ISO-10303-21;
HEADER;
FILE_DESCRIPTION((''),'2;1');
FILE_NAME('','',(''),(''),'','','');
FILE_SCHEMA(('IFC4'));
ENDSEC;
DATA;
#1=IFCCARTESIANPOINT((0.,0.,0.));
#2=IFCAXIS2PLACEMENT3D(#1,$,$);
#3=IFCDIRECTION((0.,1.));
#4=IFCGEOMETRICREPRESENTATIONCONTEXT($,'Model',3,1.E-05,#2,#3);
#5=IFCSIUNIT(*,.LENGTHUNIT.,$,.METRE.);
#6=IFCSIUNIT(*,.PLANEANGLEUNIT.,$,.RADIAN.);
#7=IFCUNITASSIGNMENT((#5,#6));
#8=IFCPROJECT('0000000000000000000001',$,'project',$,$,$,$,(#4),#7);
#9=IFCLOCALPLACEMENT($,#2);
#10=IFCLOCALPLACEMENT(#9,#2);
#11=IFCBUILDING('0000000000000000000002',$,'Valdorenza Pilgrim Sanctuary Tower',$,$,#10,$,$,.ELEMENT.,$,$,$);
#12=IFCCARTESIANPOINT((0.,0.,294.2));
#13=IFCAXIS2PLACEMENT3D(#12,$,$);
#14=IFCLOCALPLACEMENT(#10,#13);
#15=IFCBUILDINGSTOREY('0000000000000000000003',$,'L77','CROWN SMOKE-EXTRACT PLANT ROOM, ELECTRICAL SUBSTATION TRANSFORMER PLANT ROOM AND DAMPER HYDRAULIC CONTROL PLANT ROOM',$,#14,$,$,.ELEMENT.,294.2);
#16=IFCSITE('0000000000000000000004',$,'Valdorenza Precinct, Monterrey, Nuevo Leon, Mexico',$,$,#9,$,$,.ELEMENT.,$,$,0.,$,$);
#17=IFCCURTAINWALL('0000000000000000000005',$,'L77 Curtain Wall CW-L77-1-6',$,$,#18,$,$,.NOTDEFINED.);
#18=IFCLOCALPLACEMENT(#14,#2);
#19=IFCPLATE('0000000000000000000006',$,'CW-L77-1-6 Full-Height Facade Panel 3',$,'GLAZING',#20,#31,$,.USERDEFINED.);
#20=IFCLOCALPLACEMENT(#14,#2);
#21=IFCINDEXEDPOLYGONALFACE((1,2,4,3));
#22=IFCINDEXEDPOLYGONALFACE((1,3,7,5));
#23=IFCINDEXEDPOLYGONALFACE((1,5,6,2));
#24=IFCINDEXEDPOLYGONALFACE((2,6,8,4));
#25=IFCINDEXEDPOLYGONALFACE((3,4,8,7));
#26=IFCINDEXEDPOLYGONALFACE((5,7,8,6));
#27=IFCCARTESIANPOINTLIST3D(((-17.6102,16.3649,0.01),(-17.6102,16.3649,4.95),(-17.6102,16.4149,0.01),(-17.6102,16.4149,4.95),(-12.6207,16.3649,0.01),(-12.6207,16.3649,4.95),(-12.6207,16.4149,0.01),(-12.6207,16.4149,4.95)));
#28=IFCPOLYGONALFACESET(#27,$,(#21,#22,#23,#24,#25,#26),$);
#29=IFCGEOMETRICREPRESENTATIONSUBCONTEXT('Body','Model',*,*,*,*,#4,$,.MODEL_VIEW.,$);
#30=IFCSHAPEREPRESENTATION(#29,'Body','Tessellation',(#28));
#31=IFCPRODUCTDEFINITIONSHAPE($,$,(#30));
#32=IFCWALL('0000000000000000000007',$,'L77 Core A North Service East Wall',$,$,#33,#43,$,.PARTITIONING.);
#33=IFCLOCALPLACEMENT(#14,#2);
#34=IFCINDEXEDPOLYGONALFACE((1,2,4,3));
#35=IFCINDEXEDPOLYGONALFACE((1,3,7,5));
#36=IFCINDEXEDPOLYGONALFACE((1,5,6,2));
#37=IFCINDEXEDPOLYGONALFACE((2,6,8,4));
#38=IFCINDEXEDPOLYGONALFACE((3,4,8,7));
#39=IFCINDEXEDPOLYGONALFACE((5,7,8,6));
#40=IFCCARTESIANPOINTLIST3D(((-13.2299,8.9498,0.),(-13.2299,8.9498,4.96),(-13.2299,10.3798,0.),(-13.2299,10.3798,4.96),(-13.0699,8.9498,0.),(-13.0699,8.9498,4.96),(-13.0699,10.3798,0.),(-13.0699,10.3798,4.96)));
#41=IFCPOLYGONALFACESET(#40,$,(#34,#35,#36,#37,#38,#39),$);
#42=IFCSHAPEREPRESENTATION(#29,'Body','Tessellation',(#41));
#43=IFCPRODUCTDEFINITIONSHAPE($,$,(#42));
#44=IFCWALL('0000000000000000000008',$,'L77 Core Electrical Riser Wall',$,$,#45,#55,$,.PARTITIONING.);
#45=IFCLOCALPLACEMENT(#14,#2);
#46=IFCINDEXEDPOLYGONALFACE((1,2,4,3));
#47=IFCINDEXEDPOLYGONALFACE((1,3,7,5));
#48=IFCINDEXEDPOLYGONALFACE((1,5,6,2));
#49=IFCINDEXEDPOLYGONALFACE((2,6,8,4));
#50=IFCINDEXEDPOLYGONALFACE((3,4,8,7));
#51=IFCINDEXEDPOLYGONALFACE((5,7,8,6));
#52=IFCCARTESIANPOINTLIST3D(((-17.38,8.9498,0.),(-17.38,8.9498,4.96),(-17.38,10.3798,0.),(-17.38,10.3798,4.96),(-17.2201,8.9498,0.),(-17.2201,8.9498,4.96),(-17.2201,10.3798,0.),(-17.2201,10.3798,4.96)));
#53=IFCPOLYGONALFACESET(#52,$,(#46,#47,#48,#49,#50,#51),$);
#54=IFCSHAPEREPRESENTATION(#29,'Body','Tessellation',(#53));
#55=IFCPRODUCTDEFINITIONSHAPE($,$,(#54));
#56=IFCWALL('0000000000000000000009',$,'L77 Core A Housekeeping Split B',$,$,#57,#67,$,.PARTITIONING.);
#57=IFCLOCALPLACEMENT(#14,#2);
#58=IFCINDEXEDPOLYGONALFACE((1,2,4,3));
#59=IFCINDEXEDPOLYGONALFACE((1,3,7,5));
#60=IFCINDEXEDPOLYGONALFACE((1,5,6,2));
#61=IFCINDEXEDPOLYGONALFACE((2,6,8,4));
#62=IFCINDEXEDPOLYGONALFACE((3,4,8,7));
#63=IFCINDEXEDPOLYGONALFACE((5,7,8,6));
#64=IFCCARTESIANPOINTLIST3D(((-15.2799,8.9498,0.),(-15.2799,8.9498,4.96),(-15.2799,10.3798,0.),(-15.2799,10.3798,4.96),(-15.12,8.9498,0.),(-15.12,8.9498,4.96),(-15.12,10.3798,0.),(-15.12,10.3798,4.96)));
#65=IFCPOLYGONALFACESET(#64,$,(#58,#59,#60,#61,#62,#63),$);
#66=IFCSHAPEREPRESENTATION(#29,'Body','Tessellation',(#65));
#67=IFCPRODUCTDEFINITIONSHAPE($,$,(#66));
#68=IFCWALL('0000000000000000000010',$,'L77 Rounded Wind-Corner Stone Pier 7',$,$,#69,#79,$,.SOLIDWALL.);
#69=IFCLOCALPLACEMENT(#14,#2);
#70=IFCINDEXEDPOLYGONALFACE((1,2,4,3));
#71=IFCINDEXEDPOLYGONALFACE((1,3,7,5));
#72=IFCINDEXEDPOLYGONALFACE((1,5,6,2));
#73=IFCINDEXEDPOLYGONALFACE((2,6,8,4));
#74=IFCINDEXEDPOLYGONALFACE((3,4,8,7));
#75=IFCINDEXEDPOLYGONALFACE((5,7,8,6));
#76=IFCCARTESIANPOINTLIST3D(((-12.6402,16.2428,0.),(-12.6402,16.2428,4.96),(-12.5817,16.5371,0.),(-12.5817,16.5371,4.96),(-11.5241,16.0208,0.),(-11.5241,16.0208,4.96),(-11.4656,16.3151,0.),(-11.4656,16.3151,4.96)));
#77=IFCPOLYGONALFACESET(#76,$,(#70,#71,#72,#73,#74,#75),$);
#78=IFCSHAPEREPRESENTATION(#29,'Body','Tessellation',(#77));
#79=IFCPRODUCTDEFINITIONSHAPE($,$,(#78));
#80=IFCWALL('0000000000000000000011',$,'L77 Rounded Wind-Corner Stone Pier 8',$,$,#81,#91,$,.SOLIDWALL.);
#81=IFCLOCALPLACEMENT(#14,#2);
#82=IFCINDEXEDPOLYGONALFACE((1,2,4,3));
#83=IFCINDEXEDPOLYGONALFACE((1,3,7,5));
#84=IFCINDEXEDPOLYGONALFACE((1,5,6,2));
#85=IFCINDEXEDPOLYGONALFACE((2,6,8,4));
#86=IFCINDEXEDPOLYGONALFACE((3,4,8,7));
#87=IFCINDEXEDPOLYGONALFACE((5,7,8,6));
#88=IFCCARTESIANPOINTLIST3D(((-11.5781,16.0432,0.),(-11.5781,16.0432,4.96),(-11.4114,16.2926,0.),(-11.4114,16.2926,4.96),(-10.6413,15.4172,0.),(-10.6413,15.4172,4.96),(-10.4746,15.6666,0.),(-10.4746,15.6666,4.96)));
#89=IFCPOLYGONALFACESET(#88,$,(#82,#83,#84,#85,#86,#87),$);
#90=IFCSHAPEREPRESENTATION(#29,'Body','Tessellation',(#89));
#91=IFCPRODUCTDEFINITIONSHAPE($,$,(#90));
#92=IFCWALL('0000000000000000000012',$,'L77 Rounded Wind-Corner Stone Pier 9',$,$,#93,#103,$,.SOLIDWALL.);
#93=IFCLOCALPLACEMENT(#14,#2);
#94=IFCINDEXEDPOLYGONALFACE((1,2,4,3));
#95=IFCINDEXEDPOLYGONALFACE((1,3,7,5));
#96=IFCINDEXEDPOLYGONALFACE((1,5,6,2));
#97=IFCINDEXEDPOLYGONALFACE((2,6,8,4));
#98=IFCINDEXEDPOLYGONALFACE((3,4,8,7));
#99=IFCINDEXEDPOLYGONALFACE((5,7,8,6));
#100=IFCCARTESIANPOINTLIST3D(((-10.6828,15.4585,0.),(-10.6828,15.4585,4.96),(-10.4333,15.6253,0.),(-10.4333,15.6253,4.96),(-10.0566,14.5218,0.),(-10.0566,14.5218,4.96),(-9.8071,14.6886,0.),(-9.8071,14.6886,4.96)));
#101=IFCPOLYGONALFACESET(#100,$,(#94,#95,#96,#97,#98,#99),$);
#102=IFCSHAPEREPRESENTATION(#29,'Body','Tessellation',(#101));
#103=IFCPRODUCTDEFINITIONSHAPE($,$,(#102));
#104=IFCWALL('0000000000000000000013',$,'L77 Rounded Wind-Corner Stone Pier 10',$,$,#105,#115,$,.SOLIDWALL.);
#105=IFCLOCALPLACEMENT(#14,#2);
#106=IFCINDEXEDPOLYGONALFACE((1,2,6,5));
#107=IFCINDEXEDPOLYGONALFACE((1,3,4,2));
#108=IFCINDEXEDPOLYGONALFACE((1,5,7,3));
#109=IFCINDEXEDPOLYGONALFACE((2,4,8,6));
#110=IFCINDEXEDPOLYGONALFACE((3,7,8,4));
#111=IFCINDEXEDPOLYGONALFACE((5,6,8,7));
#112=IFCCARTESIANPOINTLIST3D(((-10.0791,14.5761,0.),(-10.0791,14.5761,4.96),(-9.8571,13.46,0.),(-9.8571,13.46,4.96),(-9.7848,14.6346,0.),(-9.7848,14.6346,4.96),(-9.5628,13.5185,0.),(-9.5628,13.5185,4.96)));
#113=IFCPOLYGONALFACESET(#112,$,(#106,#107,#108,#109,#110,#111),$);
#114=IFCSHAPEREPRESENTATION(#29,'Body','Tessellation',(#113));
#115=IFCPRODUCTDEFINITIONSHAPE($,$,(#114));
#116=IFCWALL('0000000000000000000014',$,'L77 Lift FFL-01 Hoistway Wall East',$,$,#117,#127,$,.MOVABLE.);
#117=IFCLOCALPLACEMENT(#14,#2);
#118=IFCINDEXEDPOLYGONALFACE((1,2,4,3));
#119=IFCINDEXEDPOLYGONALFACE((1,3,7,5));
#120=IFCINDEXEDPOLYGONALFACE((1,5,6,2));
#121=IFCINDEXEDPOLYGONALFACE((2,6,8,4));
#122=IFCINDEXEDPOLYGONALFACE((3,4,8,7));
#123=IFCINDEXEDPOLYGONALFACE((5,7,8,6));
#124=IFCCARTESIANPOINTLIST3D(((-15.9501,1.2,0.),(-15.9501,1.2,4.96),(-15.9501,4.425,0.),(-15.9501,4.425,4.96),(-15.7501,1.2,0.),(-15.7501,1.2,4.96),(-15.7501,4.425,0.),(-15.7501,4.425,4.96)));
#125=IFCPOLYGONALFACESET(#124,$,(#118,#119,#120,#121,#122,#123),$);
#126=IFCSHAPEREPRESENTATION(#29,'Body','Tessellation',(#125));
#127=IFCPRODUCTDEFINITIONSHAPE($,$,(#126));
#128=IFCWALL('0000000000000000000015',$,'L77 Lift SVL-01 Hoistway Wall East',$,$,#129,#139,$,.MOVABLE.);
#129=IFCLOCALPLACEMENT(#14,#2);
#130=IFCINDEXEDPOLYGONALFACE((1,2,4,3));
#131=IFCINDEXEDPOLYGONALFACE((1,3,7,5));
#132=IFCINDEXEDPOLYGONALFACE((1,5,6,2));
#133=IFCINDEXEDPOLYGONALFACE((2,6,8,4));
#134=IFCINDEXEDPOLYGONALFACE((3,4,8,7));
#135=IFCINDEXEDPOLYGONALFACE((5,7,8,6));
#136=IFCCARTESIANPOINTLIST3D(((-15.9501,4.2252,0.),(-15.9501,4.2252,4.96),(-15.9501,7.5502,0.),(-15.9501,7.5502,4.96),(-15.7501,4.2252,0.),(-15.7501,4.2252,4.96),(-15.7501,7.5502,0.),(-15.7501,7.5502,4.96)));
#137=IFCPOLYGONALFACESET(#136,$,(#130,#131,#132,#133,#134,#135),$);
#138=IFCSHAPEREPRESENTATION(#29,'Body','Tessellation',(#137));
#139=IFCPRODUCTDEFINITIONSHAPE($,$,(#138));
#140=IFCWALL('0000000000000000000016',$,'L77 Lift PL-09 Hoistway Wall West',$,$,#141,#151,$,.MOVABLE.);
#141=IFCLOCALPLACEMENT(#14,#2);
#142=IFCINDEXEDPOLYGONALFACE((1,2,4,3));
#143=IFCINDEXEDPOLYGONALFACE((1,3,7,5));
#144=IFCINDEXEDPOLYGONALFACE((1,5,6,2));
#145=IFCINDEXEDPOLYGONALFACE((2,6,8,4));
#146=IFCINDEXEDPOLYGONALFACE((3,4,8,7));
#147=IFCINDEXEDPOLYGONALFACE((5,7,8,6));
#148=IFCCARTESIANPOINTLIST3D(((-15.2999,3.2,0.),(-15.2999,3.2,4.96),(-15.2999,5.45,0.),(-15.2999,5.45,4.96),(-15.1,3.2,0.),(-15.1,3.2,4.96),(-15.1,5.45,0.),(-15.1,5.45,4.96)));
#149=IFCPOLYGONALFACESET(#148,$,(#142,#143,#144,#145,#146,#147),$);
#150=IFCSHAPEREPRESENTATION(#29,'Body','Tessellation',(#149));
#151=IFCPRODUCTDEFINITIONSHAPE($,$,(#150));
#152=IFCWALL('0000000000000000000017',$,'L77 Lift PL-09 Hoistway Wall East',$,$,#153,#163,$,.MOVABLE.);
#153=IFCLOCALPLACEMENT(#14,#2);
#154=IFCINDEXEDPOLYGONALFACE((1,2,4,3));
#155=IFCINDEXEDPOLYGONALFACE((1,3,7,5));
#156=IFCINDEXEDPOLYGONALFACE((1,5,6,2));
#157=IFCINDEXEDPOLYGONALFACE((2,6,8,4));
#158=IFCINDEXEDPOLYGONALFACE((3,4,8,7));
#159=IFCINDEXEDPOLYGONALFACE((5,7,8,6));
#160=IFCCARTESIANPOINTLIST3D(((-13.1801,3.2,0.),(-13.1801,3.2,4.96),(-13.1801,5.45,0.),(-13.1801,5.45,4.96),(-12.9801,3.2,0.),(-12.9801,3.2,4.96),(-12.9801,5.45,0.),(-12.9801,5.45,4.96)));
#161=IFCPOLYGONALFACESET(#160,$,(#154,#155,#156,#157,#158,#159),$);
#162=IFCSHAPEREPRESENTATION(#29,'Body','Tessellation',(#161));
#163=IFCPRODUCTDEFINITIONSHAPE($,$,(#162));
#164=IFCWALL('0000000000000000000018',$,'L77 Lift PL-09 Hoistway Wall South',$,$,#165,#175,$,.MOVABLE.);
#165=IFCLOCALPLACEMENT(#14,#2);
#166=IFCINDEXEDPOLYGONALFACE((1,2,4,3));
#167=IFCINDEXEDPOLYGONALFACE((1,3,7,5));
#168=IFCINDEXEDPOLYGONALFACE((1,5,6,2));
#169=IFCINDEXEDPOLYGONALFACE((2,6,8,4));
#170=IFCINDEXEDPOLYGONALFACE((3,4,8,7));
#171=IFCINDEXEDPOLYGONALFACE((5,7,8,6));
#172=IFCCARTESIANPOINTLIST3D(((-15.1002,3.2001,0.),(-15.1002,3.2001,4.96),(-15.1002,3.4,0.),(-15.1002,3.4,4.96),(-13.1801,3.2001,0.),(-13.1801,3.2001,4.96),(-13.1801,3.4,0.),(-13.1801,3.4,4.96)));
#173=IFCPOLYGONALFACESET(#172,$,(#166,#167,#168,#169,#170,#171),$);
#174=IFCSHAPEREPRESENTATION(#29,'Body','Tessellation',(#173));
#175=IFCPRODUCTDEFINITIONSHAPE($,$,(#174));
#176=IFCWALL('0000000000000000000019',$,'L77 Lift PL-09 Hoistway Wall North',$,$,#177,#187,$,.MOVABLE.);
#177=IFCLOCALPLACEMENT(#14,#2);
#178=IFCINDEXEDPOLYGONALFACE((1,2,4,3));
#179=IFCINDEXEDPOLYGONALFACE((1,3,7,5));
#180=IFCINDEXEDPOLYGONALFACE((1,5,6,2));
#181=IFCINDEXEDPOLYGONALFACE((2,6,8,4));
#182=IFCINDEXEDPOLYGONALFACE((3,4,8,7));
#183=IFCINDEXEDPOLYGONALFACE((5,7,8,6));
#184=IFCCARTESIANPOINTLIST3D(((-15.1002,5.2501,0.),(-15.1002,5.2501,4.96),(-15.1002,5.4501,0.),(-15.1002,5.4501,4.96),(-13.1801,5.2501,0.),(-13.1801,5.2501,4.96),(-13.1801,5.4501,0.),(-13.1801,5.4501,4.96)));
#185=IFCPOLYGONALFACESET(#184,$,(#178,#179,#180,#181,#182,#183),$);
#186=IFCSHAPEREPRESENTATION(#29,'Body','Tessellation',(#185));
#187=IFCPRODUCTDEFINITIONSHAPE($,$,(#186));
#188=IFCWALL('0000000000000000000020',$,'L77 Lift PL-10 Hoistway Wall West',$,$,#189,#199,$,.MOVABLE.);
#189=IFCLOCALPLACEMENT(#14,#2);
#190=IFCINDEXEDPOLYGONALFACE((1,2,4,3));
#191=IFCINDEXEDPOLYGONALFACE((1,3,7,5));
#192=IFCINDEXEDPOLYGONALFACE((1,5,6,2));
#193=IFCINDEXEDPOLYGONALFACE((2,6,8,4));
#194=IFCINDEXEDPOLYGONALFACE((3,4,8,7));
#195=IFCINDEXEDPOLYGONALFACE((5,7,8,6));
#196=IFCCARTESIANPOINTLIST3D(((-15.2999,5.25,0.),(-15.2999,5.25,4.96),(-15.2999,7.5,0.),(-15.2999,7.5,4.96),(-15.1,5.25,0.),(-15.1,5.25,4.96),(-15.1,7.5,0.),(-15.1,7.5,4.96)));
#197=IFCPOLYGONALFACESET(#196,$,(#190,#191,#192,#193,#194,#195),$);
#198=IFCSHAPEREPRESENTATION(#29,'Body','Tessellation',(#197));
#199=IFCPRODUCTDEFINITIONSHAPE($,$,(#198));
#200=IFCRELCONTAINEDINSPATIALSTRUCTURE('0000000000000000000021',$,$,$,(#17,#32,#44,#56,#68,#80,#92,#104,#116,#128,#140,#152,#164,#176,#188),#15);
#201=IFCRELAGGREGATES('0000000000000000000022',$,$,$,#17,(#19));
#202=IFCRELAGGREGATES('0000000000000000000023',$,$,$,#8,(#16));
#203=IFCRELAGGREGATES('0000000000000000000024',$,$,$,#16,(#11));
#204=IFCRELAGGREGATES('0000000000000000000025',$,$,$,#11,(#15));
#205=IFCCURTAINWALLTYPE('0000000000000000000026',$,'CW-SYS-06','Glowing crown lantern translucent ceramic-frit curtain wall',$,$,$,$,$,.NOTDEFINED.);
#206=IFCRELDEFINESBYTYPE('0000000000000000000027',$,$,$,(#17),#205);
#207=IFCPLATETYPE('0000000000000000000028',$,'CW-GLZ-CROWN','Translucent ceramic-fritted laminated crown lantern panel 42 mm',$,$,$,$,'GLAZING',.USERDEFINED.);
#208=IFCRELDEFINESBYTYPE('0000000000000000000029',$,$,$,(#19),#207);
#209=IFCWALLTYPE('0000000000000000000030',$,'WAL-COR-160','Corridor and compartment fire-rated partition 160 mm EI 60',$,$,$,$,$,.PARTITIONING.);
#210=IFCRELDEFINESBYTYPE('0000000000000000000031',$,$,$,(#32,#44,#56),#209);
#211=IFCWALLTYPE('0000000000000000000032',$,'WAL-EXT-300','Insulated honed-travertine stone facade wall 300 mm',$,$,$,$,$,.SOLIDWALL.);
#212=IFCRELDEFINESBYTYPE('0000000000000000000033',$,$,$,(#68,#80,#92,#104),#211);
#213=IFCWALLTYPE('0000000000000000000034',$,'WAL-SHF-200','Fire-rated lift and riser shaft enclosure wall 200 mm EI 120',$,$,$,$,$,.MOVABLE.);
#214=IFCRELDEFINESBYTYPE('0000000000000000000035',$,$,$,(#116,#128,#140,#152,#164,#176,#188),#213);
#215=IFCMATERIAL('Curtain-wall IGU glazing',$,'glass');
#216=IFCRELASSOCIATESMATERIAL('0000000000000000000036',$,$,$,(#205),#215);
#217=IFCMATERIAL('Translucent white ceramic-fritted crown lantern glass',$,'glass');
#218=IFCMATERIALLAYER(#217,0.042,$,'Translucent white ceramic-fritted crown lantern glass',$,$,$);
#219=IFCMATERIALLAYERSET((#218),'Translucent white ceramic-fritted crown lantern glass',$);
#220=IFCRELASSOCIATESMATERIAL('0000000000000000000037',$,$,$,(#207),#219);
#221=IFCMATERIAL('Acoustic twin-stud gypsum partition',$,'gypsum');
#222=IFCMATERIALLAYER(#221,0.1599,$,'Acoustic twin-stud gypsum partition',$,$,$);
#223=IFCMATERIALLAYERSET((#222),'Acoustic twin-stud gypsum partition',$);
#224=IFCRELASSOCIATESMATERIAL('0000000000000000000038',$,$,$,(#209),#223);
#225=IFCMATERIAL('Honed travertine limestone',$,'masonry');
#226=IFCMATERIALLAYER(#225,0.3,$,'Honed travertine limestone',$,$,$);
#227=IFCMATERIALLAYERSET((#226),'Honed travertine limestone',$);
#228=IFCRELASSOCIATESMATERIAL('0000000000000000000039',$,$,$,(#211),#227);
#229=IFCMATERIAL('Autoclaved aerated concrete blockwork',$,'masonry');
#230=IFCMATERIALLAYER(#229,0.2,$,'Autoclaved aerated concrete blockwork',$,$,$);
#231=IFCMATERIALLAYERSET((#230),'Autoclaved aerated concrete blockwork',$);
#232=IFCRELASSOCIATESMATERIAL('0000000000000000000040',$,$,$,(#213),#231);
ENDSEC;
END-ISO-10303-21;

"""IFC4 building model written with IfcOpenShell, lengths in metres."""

from ifc_helpers import new_model, si_unit, direction, frame, frame_2d, origin, origin_2d, place, context, subcontext, project, spatial, rectangle, extrude, source, transform, mapped, material, layer, layer_set, type_object, element, aggregate, save


model = new_model("IFC4")

# Units and contexts
model_context = context("Model", 3, precision=1e-05, world=origin(), true_north=direction((0.0, 1.0)))
body_context = subcontext(model_context, "Body", "Model", "MODEL_VIEW")
ifc_project = project(units=[si_unit("LENGTHUNIT", "METRE"), si_unit("PLANEANGLEUNIT", "RADIAN")], contexts=[model_context])

# Site, building, storey
site_placement = place(None, origin())
site = spatial("IfcSite", under=ifc_project, at=site_placement, Name="Valdorenza Precinct, Monterrey, Nuevo Leon, Mexico", CompositionType="ELEMENT", RefElevation=0.0)
building_placement = place(site_placement, origin())
building = spatial("IfcBuilding", under=site, at=building_placement, Name="Valdorenza Pilgrim Sanctuary Tower", CompositionType="ELEMENT")
storey_placement = place(building_placement, frame((0.0, 0.0, 294.2)))
storey = spatial("IfcBuildingStorey", under=building, at=storey_placement, Name="L77", Description="CROWN SMOKE-EXTRACT PLANT ROOM, ELECTRICAL SUBSTATION TRANSFORMER PLANT ROOM AND DAMPER HYDRAULIC CONTROL PLANT ROOM", CompositionType="ELEMENT", Elevation=294.2)

# Curtain wall
ifc_material_1 = material(Name="Curtain-wall IGU glazing", Category="glass")
curtain_wall_type = type_object("IfcCurtainWallType", Name="CW-SYS-06", Description="Glowing crown lantern translucent ceramic-frit curtain wall", PredefinedType="NOTDEFINED", material=ifc_material_1)
curtain_wall_1_placement = place(storey_placement, origin())
curtain_wall_1 = element("IfcCurtainWall", 1, at=curtain_wall_1_placement, inside=storey, type_object=curtain_wall_type, Name="L77 Curtain Wall CW-L77-1-6", PredefinedType="NOTDEFINED")

# Shared definitions
ifc_material_2 = material(Name="Translucent white ceramic-fritted crown lantern glass", Category="glass")
ifc_layer_1 = layer(ifc_material_2, 0.042, Name="Translucent white ceramic-fritted crown lantern glass")
ifc_layer_set_1 = layer_set([ifc_layer_1], Name="Translucent white ceramic-fritted crown lantern glass")
plate_type = type_object("IfcPlateType", Name="CW-GLZ-CROWN", Description="Translucent ceramic-fritted laminated crown lantern panel 42 mm", ElementType="GLAZING", PredefinedType="USERDEFINED", material=ifc_layer_set_1)

# Plate
shared_shape_1 = source(origin(), body_context, "Body", "SweptSolid", [
    extrude(rectangle(XDim=4.9895, YDim=0.05, at=origin_2d()), origin(), (0.0, 0.0, 1.0), 4.9399),
])
plate_1_placement = place(storey_placement, frame((-15.1155, 16.3899, 0.01), z_axis=(0.0, 0.0, 1.0), x_axis=(1.0, 0.0, 0.0)))
plate_1 = element("IfcPlate", 2, at=plate_1_placement, type_object=plate_type, Name="CW-L77-1-6 Full-Height Facade Panel 3", ObjectType="GLAZING", PredefinedType="USERDEFINED", context=body_context, shape_type="MappedRepresentation", body=[
    mapped(shared_shape_1, transform((0.0, 0.0, 0.0), x_axis=(1.0, 0.0, 0.0), y_axis=(0.0, 1.0, 0.0), z_axis=(0.0, 0.0, 1.0), scale=1.0)),
])
aggregate(curtain_wall_1, [plate_1])

# Walls
ifc_material_3 = material(Name="Acoustic twin-stud gypsum partition", Category="gypsum")
ifc_layer_2 = layer(ifc_material_3, 0.1599, Name="Acoustic twin-stud gypsum partition")
ifc_layer_set_2 = layer_set([ifc_layer_2], Name="Acoustic twin-stud gypsum partition")
wall_type_1 = type_object("IfcWallType", Name="WAL-COR-160", Description="Corridor and compartment fire-rated partition 160 mm EI 60", PredefinedType="PARTITIONING", material=ifc_layer_set_2)
for number, where, z_axis, x_axis, name in (
    (3, (-13.1499, 8.95, 0.0), (0.0, 0.0, 1.0), (0.0, 1.0, 0.0), "L77 Core A North Service East Wall"),
    (4, (-17.3, 8.95, 0.0), (0.0, 0.0, 1.0), (0.0, 1.0, 0.0), "L77 Core Electrical Riser Wall"),
    (5, (-15.2, 8.95, 0.0), (0.0, 0.0, 1.0), (0.0, 1.0, 0.0), "L77 Core A Housekeeping Split B"),
):
    element("IfcWall", number, at=place(storey_placement, frame(where, z_axis=z_axis, x_axis=x_axis)), inside=storey, type_object=wall_type_1, Name=name, PredefinedType="PARTITIONING", context=body_context, shape_type="SweptSolid", body=[
        extrude(rectangle(XDim=1.4299, YDim=0.1599, at=frame_2d((0.7148, 0.0))), origin(), (0.0, 0.0, 1.0), 4.96),
    ])
ifc_material_4 = material(Name="Honed travertine limestone", Category="masonry")
ifc_layer_3 = layer(ifc_material_4, 0.3, Name="Honed travertine limestone")
ifc_layer_set_3 = layer_set([ifc_layer_3], Name="Honed travertine limestone")
wall_type_2 = type_object("IfcWallType", Name="WAL-EXT-300", Description="Insulated honed-travertine stone facade wall 300 mm", PredefinedType="SOLIDWALL", material=ifc_layer_set_3)
wall_1_placement = place(storey_placement, frame((-12.6108, 16.3899, 0.0), z_axis=(0.0, 0.0, 1.0), x_axis=(0.980795, -0.195043, 0.0)))
element("IfcWall", 6, at=wall_1_placement, inside=storey, type_object=wall_type_2, Name="L77 Rounded Wind-Corner Stone Pier 7", PredefinedType="SOLIDWALL", context=body_context, shape_type="SweptSolid", body=[
    extrude(rectangle(XDim=1.1379, YDim=0.3, at=frame_2d((0.5688, 0.0))), origin(), (0.0, 0.0, 1.0), 4.96),
])
for number, where, z_axis, x_axis, name in (
    (7, (-11.4949, 16.168, 0.0), (0.0, 0.0, 1.0), (0.83145, -0.5556, 0.0), "L77 Rounded Wind-Corner Stone Pier 8"),
    (8, (-10.5581, 15.542, 0.0), (0.0, 0.0, 1.0), (0.55575, -0.83135, 0.0), "L77 Rounded Wind-Corner Stone Pier 9"),
):
    element("IfcWall", number, at=place(storey_placement, frame(where, z_axis=z_axis, x_axis=x_axis)), inside=storey, type_object=wall_type_2, Name=name, PredefinedType="SOLIDWALL", context=body_context, shape_type="SweptSolid", body=[
        extrude(rectangle(XDim=1.1267, YDim=0.3, at=frame_2d((0.5635, 0.0))), origin(), (0.0, 0.0, 1.0), 4.96),
    ])
wall_2_placement = place(storey_placement, frame((-9.9319, 14.6052, 0.0), z_axis=(0.0, 0.0, 1.0), x_axis=(0.195043, -0.980795, 0.0)))
element("IfcWall", 9, at=wall_2_placement, inside=storey, type_object=wall_type_2, Name="L77 Rounded Wind-Corner Stone Pier 10", PredefinedType="SOLIDWALL", context=body_context, shape_type="SweptSolid", body=[
    extrude(rectangle(XDim=1.1379, YDim=0.3, at=frame_2d((0.5688, 0.0))), origin(), (0.0, 0.0, 1.0), 4.96),
])
ifc_material_5 = material(Name="Autoclaved aerated concrete blockwork", Category="masonry")
ifc_layer_4 = layer(ifc_material_5, 0.2, Name="Autoclaved aerated concrete blockwork")
ifc_layer_set_4 = layer_set([ifc_layer_4], Name="Autoclaved aerated concrete blockwork")
wall_type_3 = type_object("IfcWallType", Name="WAL-SHF-200", Description="Fire-rated lift and riser shaft enclosure wall 200 mm EI 120", PredefinedType="MOVABLE", material=ifc_layer_set_4)
wall_3_placement = place(storey_placement, frame((-15.8501, 1.2, 0.0), z_axis=(0.0, 0.0, 1.0), x_axis=(0.0, 1.0, 0.0)))
element("IfcWall", 10, at=wall_3_placement, inside=storey, type_object=wall_type_3, Name="L77 Lift FFL-01 Hoistway Wall East", PredefinedType="MOVABLE", context=body_context, shape_type="SweptSolid", body=[
    extrude(rectangle(XDim=3.2251, YDim=0.2, at=frame_2d((1.6125, 0.0))), origin(), (0.0, 0.0, 1.0), 4.96),
])
wall_4_placement = place(storey_placement, frame((-15.8501, 4.2251, 0.0), z_axis=(0.0, 0.0, 1.0), x_axis=(0.0, 1.0, 0.0)))
element("IfcWall", 11, at=wall_4_placement, inside=storey, type_object=wall_type_3, Name="L77 Lift SVL-01 Hoistway Wall East", PredefinedType="MOVABLE", context=body_context, shape_type="SweptSolid", body=[
    extrude(rectangle(XDim=3.325, YDim=0.2, at=frame_2d((1.6626, 0.0))), origin(), (0.0, 0.0, 1.0), 4.96),
])
for number, where, z_axis, x_axis, name in (
    (12, (-15.2, 3.2, 0.0), (0.0, 0.0, 1.0), (0.0, 1.0, 0.0), "L77 Lift PL-09 Hoistway Wall West"),
    (13, (-13.0801, 3.2, 0.0), (0.0, 0.0, 1.0), (0.0, 1.0, 0.0), "L77 Lift PL-09 Hoistway Wall East"),
):
    element("IfcWall", number, at=place(storey_placement, frame(where, z_axis=z_axis, x_axis=x_axis)), inside=storey, type_object=wall_type_3, Name=name, PredefinedType="MOVABLE", context=body_context, shape_type="SweptSolid", body=[
        extrude(rectangle(XDim=2.25, YDim=0.2, at=frame_2d((1.125, 0.0))), origin(), (0.0, 0.0, 1.0), 4.96),
    ])
for number, where, z_axis, x_axis, name in (
    (14, (-15.1001, 3.3, 0.0), (0.0, 0.0, 1.0), (1.0, 0.0, 0.0), "L77 Lift PL-09 Hoistway Wall South"),
    (15, (-15.1001, 5.3501, 0.0), (0.0, 0.0, 1.0), (1.0, 0.0, 0.0), "L77 Lift PL-09 Hoistway Wall North"),
):
    element("IfcWall", number, at=place(storey_placement, frame(where, z_axis=z_axis, x_axis=x_axis)), inside=storey, type_object=wall_type_3, Name=name, PredefinedType="MOVABLE", context=body_context, shape_type="SweptSolid", body=[
        extrude(rectangle(XDim=1.9202, YDim=0.2, at=frame_2d((0.96, 0.0))), origin(), (0.0, 0.0, 1.0), 4.96),
    ])
for number, where, z_axis, x_axis, name in (
    (16, (-15.2, 5.25, 0.0), (0.0, 0.0, 1.0), (0.0, 1.0, 0.0), "L77 Lift PL-10 Hoistway Wall West"),
):
    element("IfcWall", number, at=place(storey_placement, frame(where, z_axis=z_axis, x_axis=x_axis)), inside=storey, type_object=wall_type_3, Name=name, PredefinedType="MOVABLE", context=body_context, shape_type="SweptSolid", body=[
        extrude(rectangle(XDim=2.25, YDim=0.2, at=frame_2d((1.125, 0.0))), origin(), (0.0, 0.0, 1.0), 4.96),
    ])

save(model, "model.ifc")
